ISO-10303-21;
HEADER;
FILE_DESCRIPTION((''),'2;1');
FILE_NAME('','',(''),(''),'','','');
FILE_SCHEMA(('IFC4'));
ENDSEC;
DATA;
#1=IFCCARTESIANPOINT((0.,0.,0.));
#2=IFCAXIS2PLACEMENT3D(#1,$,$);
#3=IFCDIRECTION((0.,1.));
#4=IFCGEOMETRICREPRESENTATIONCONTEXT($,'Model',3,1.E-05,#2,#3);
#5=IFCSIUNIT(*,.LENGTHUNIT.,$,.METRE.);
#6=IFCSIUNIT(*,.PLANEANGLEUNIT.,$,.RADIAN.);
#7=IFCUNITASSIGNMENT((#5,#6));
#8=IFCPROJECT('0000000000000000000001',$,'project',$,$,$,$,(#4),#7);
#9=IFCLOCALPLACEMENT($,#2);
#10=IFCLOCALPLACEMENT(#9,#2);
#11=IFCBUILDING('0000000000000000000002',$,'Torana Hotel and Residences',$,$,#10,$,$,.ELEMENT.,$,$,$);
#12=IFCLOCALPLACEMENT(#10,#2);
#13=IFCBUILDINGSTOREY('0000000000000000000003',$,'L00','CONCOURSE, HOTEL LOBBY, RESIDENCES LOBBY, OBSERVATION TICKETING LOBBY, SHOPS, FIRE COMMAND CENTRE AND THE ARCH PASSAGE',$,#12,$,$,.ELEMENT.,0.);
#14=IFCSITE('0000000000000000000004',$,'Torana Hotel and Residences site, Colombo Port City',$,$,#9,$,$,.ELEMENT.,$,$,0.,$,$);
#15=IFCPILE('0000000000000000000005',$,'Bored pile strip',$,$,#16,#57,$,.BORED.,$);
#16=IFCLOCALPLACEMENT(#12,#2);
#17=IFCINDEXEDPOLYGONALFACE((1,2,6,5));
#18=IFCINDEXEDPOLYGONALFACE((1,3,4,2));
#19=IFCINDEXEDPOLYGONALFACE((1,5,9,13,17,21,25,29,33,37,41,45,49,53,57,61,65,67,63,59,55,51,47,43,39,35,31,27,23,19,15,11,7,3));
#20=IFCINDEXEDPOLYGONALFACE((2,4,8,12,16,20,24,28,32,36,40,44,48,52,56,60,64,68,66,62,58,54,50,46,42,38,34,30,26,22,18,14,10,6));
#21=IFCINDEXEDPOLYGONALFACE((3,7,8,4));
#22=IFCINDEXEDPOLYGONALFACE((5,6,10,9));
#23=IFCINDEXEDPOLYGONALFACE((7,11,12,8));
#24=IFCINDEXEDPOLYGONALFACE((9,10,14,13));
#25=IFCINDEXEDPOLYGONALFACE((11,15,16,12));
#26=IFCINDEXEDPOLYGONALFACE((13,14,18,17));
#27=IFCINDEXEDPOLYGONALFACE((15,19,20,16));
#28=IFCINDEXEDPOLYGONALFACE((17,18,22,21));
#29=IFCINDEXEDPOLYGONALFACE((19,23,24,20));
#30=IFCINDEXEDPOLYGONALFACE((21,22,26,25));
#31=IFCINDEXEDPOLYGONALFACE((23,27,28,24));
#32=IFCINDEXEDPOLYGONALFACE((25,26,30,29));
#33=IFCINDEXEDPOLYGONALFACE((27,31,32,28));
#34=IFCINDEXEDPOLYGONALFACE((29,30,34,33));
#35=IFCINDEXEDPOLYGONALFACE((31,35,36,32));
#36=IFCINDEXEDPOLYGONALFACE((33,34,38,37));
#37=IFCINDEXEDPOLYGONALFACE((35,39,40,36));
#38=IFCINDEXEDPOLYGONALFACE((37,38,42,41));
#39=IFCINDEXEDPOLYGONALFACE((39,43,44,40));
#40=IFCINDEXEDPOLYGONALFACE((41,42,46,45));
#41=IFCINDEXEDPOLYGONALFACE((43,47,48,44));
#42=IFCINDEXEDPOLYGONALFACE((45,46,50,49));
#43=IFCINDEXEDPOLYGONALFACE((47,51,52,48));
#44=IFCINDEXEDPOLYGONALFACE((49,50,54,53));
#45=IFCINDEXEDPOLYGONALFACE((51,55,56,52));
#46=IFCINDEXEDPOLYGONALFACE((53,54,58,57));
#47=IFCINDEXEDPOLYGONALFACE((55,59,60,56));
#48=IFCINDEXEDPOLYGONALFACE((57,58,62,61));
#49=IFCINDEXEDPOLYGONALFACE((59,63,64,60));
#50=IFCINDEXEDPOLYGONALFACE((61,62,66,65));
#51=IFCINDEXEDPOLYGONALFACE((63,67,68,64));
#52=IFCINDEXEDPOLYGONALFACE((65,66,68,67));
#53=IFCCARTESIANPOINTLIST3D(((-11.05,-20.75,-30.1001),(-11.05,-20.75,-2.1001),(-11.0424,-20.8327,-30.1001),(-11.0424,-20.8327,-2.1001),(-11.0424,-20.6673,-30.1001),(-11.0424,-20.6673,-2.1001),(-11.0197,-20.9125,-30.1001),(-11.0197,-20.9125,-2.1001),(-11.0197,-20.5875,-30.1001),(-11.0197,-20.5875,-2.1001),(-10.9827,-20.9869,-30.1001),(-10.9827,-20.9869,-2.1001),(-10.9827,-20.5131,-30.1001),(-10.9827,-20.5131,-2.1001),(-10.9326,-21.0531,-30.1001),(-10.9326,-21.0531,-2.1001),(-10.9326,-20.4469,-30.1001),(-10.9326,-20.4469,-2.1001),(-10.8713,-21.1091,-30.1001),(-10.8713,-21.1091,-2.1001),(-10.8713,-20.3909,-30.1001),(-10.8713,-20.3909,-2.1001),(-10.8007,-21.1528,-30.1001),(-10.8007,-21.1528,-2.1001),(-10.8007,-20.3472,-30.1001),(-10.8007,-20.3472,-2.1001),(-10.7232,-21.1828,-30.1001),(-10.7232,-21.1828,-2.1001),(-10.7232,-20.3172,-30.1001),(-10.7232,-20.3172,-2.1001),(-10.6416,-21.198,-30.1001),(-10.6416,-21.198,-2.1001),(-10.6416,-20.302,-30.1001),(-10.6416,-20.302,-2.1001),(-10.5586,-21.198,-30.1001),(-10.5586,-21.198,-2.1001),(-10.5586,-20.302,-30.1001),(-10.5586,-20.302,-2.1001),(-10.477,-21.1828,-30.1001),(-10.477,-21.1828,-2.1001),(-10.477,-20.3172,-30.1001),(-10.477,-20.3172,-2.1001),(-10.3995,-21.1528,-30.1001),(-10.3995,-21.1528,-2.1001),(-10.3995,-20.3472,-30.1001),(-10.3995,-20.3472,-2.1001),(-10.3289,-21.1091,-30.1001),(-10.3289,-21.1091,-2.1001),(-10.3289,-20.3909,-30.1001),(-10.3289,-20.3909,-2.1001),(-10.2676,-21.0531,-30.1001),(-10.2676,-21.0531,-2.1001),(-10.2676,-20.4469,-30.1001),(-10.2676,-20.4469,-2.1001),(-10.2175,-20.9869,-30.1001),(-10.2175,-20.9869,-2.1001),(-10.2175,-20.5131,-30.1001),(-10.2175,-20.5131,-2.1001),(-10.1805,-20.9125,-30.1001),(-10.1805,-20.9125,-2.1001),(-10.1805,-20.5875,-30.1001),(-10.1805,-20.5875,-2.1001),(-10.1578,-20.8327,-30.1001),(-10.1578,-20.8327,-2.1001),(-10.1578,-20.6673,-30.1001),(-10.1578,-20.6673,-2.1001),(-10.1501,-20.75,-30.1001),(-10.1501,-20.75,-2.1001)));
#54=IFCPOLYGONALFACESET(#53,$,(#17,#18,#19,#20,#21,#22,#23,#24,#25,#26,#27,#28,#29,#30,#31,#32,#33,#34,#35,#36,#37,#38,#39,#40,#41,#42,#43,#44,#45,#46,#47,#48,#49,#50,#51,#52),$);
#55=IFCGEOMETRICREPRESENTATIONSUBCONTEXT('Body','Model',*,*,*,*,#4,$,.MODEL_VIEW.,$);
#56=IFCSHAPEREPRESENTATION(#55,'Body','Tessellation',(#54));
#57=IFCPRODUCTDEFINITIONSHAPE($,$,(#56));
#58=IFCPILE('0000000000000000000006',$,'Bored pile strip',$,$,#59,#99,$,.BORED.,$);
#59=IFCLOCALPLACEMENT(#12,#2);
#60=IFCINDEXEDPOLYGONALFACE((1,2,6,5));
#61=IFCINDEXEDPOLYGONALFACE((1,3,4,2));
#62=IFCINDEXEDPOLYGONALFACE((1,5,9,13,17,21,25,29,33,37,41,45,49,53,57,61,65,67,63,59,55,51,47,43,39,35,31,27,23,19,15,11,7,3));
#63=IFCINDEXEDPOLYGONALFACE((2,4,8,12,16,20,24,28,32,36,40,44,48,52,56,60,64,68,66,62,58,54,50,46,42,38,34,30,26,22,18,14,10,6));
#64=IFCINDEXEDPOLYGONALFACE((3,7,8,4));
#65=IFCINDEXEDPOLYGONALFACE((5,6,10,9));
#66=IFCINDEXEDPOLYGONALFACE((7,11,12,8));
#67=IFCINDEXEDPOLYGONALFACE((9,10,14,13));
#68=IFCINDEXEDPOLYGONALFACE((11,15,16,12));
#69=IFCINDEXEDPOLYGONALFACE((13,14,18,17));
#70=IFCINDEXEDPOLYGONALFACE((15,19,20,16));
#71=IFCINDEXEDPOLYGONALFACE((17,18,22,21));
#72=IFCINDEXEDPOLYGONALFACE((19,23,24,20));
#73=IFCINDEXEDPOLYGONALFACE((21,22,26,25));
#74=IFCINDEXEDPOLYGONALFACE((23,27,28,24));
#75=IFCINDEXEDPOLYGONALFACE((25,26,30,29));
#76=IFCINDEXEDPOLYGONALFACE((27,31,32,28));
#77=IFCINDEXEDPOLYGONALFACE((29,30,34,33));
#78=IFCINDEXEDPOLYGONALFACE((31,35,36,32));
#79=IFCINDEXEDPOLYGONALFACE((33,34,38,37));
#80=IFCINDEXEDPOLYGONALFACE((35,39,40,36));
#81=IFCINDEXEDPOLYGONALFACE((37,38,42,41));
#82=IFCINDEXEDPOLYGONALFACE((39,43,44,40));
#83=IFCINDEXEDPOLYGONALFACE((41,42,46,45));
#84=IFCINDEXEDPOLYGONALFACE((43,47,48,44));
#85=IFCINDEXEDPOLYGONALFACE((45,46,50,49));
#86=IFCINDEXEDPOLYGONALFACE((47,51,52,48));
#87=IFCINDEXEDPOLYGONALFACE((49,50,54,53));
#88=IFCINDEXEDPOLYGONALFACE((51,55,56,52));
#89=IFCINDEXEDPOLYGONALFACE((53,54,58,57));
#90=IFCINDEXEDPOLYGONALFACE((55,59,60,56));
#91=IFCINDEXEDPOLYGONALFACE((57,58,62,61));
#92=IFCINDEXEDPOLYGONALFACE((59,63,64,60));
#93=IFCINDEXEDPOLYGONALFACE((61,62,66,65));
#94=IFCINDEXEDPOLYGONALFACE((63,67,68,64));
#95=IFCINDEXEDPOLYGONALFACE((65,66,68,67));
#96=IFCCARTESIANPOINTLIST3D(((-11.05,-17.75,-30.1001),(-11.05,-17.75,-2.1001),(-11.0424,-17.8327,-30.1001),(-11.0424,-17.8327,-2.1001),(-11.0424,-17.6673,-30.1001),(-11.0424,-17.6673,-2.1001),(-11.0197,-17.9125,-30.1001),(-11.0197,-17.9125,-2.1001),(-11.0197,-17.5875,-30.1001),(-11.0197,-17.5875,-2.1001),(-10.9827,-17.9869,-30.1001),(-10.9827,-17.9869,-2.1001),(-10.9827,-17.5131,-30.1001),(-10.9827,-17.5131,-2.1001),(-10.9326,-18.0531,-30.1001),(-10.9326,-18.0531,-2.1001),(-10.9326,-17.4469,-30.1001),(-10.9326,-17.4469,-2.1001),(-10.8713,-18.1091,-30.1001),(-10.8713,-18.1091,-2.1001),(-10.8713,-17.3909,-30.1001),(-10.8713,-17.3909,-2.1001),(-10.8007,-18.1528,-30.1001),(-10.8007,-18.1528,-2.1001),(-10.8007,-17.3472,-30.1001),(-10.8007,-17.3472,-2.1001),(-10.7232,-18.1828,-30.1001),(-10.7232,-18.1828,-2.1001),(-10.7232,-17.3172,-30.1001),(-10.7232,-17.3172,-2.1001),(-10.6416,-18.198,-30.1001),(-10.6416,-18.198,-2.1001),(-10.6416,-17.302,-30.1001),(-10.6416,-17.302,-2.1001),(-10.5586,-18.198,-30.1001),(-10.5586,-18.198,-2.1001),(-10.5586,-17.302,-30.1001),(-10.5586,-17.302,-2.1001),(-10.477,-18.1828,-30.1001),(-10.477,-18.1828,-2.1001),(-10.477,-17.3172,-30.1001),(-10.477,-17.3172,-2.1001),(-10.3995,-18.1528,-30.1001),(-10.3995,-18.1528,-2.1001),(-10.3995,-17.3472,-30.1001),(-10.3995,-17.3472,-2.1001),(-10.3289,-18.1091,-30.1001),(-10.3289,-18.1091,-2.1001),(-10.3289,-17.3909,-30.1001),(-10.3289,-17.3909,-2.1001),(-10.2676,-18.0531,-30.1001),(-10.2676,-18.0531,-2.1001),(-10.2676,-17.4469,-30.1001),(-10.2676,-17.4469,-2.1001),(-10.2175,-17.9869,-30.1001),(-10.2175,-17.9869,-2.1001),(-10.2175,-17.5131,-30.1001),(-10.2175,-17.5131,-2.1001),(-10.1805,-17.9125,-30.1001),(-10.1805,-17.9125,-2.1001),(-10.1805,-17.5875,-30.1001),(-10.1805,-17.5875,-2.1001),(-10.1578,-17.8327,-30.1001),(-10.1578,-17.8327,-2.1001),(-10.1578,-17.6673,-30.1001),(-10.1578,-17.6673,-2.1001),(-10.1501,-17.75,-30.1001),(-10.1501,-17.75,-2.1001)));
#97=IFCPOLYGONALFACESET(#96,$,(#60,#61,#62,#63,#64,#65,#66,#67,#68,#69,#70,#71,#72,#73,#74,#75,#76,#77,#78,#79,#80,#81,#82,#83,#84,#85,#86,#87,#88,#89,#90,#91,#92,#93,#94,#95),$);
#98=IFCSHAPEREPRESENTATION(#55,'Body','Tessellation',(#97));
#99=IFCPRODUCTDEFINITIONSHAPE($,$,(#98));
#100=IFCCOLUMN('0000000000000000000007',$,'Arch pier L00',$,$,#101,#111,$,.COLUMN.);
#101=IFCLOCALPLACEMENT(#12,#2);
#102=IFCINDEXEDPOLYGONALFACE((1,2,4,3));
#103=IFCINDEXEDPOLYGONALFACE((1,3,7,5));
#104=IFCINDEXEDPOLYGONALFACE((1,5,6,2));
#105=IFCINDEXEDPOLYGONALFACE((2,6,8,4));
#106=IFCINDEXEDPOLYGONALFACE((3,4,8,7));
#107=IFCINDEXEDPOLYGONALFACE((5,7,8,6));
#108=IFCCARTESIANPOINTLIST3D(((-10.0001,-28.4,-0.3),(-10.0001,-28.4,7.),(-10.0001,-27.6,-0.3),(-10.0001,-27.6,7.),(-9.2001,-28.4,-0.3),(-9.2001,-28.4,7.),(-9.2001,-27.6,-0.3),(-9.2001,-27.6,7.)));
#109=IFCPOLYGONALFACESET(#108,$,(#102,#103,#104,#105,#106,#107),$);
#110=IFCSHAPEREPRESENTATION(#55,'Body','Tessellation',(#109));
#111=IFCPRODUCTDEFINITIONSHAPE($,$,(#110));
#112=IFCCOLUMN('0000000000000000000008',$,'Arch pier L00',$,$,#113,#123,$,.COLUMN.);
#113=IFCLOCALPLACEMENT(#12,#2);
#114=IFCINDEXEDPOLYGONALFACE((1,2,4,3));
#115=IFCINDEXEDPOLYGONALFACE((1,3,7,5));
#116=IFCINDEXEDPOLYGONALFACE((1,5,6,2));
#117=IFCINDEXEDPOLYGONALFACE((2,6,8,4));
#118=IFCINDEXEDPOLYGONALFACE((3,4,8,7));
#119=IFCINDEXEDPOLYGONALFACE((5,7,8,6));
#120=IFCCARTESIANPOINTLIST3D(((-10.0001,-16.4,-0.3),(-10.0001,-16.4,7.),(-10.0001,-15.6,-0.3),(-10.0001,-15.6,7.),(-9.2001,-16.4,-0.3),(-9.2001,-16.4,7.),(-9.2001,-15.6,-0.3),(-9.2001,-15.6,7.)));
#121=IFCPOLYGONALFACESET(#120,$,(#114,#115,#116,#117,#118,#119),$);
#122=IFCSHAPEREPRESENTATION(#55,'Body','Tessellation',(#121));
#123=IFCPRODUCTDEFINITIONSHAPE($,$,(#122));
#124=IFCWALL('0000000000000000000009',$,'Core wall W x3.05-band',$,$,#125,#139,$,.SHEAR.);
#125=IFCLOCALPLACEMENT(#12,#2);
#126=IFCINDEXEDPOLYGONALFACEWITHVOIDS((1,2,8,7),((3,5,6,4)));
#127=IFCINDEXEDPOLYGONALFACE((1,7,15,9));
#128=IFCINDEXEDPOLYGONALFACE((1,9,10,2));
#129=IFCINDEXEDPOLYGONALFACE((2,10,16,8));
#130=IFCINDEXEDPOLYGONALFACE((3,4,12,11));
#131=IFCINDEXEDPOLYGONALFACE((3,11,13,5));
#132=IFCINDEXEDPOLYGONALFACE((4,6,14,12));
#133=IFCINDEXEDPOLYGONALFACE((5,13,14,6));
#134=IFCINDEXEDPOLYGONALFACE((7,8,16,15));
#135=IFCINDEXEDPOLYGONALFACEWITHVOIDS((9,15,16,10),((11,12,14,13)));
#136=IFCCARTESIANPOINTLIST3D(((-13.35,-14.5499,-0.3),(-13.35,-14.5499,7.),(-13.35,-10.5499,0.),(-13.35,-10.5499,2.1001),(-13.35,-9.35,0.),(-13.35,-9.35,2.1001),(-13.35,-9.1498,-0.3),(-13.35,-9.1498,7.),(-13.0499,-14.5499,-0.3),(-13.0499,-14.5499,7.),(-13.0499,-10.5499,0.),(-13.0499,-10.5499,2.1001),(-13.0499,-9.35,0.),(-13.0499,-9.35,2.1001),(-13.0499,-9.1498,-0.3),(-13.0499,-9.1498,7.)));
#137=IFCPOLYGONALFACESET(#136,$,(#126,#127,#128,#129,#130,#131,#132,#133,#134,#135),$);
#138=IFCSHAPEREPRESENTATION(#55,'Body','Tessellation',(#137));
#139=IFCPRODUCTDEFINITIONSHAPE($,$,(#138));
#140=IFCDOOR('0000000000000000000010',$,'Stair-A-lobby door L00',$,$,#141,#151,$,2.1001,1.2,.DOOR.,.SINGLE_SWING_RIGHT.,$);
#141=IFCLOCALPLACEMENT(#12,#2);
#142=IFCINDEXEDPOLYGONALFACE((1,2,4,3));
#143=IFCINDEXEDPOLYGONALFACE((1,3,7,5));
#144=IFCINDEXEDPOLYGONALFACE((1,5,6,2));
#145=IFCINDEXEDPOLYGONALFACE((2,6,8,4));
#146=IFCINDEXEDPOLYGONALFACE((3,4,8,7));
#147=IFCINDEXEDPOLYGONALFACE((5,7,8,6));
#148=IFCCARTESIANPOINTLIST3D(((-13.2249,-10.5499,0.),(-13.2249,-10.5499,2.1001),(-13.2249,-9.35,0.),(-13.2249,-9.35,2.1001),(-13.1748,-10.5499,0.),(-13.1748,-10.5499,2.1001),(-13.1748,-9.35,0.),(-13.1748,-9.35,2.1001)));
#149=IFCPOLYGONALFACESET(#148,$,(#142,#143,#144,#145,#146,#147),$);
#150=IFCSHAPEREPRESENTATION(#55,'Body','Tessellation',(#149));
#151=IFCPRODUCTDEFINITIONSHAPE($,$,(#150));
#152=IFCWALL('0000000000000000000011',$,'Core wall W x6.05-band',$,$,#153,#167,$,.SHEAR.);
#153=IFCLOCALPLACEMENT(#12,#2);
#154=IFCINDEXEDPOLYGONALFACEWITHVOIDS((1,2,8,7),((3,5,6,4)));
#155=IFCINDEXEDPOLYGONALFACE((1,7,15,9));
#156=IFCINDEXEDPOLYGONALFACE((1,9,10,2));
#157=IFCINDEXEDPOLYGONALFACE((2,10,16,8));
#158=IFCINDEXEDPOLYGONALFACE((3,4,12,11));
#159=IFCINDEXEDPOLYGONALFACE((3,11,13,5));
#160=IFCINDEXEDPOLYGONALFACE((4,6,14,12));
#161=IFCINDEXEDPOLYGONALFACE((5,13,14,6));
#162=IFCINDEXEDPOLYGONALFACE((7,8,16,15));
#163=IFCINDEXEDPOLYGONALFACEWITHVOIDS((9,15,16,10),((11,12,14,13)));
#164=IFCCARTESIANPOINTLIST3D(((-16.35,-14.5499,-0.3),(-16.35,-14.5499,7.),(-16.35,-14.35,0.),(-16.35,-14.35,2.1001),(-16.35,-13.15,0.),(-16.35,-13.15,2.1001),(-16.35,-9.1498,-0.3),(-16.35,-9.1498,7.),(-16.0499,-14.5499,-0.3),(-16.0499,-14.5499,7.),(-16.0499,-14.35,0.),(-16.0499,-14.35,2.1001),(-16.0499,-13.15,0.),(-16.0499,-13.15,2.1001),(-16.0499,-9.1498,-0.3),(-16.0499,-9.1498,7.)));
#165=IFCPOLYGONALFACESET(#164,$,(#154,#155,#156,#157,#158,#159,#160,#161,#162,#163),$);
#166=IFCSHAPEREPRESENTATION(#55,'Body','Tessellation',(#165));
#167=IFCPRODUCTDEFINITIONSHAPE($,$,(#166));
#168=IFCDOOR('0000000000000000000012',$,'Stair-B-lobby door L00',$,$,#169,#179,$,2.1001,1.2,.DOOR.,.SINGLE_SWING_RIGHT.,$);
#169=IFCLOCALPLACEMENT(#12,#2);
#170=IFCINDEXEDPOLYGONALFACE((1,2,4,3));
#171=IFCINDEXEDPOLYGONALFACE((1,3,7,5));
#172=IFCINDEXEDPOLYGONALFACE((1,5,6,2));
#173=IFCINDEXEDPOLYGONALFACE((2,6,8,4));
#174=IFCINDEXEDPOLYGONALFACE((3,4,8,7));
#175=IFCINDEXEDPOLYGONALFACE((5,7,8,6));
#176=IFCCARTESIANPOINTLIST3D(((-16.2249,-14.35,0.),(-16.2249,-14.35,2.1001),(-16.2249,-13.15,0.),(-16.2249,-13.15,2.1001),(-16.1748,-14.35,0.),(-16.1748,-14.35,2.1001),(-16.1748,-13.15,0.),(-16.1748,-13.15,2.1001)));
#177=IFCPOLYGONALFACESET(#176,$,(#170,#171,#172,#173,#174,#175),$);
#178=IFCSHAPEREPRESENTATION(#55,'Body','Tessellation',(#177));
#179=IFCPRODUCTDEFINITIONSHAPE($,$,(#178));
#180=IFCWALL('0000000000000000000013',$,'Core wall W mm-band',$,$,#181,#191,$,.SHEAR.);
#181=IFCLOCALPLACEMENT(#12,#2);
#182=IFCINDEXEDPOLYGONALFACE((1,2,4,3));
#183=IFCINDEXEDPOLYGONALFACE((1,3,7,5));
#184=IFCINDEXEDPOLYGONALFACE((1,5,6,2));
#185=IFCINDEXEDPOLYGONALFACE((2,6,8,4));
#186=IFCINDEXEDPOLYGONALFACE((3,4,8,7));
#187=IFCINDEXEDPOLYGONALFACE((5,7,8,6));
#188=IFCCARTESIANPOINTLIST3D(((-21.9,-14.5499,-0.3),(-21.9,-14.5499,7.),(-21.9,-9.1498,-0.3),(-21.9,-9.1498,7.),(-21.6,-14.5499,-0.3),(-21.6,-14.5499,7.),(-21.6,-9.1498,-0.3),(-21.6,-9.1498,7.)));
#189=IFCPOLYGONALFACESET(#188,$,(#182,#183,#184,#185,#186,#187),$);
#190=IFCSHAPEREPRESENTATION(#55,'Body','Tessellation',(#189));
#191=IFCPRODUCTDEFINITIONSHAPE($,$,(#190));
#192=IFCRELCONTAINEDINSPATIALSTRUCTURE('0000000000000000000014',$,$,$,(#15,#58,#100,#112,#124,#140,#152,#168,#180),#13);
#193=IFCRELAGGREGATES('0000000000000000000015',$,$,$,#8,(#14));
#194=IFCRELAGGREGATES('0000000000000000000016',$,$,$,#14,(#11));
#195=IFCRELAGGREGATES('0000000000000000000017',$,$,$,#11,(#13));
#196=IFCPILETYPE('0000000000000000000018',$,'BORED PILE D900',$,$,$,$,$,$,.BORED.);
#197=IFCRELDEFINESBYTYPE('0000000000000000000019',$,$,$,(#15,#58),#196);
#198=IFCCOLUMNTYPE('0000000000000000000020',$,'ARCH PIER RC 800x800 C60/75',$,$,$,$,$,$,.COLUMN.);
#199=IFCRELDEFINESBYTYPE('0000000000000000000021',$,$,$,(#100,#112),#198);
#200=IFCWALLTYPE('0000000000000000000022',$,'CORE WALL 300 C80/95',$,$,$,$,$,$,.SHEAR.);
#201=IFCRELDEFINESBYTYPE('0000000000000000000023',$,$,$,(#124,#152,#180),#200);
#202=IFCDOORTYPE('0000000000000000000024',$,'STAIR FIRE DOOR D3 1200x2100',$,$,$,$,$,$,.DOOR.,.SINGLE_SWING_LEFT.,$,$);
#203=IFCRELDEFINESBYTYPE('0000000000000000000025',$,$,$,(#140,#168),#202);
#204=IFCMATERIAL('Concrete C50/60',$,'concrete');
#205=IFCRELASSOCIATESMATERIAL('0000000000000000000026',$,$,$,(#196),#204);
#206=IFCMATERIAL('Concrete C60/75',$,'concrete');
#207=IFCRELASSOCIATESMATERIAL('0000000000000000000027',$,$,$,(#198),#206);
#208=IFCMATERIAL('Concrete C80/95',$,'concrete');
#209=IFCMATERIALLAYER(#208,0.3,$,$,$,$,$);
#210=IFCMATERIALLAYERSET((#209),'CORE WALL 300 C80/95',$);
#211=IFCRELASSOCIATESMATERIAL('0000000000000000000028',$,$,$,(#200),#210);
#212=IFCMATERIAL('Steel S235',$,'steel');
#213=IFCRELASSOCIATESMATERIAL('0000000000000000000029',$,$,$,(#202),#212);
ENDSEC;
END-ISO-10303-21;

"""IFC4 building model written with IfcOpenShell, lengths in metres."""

from ifc_helpers import new_model, si_unit, direction, frame, frame_2d, origin, origin_2d, place, context, subcontext, project, spatial, rectangle, circle, extrude, material, layer, layer_set, material_profile, profile_set, type_object, element, fill, save


model = new_model("IFC4")

# Units and contexts
model_context = context("Model", 3, precision=1e-05, world=origin(), true_north=direction((0.0, 1.0)))
body_context = subcontext(model_context, "Body", "Model", "MODEL_VIEW")
ifc_project = project(units=[si_unit("LENGTHUNIT", "METRE"), si_unit("PLANEANGLEUNIT", "RADIAN")], contexts=[model_context])

# Site, building, storey
site_placement = place(None, origin())
site = spatial("IfcSite", under=ifc_project, at=site_placement, Name="Torana Hotel and Residences site, Colombo Port City", CompositionType="ELEMENT", RefElevation=0.0)
building_placement = place(site_placement, origin())
building = spatial("IfcBuilding", under=site, at=building_placement, Name="Torana Hotel and Residences", CompositionType="ELEMENT")
storey_placement = place(building_placement, origin())
storey = spatial("IfcBuildingStorey", under=building, at=storey_placement, Name="L00", Description="CONCOURSE, HOTEL LOBBY, RESIDENCES LOBBY, OBSERVATION TICKETING LOBBY, SHOPS, FIRE COMMAND CENTRE AND THE ARCH PASSAGE", CompositionType="ELEMENT", Elevation=0.0)

# Piles
ifc_material_1 = material(Name="Concrete C50/60", Category="concrete")
pile_type_1 = type_object("IfcPileType", Name="BORED PILE D900", PredefinedType="BORED", material=ifc_material_1)
for number, where, z_axis, x_axis, name in (
    (1, (-10.6001, -20.75, -2.1001), (0.0, 0.0, -1.0), (1.0, 0.0, 0.0), "Bored pile strip"),
    (2, (-10.6001, -17.75, -2.1001), (0.0, 0.0, -1.0), (1.0, 0.0, 0.0), "Bored pile strip"),
):
    element("IfcPile", number, at=place(storey_placement, frame(where, z_axis=z_axis, x_axis=x_axis)), inside=storey, type_object=pile_type_1, Name=name, PredefinedType="BORED", context=body_context, shape_type="SweptSolid", body=[
        extrude(circle(Radius=0.45, at=origin_2d()), origin(), (0.0, 0.0, 1.0), 28.0),
    ])

# Columns
ifc_material_2 = material(Name="Concrete C60/75", Category="concrete")
ifc_material_profile = material_profile(ifc_material_2, rectangle(XDim=0.8, YDim=0.8, at=origin_2d()), Name="RC 800x800")
ifc_profile_set = profile_set([ifc_material_profile], Name="Concrete C60/75")
column_type = type_object("IfcColumnType", Name="ARCH PIER RC 800x800 C60/75", PredefinedType="COLUMN", material=ifc_profile_set)
for number, where, z_axis, x_axis, name in (
    (3, (-9.6001, -28.0, -0.3), (0.0, 0.0, 1.0), (1.0, 0.0, 0.0), "Arch pier L00"),
    (4, (-9.6001, -16.0, -0.3), (0.0, 0.0, 1.0), (1.0, 0.0, 0.0), "Arch pier L00"),
):
    element("IfcColumn", number, at=place(storey_placement, frame(where, z_axis=z_axis, x_axis=x_axis)), inside=storey, type_object=column_type, Name=name, PredefinedType="COLUMN", context=body_context, shape_type="SweptSolid", body=[
        extrude(rectangle(XDim=0.8, YDim=0.8, at=origin_2d()), origin(), (0.0, 0.0, 1.0), 7.3),
    ])

# Walls, openings, doors
ifc_material_3 = material(Name="Concrete C80/95", Category="concrete")
ifc_layer_1 = layer(ifc_material_3, 0.3)
ifc_layer_set_1 = layer_set([ifc_layer_1], Name="CORE WALL 300 C80/95")
wall_type_1 = type_object("IfcWallType", Name="CORE WALL 300 C80/95", PredefinedType="SHEAR", material=ifc_layer_set_1)
wall_1_placement = place(storey_placement, frame((-13.2, -14.55, -0.3), z_axis=(0.0, 0.0, 1.0), x_axis=(0.0, 1.0, 0.0)))
wall_1 = element("IfcWall", 5, at=wall_1_placement, inside=storey, type_object=wall_type_1, Name="Core wall W x3.05-band", PredefinedType="SHEAR", context=body_context, shape_type="SweptSolid", body=[
    extrude(rectangle(XDim=5.4001, YDim=0.3, at=frame_2d((2.7002, 0.0))), origin(), (0.0, 0.0, 1.0), 7.3),
])
opening_1_placement = place(wall_1_placement, frame((4.0, 0.0, 0.3)))
opening_1 = element("IfcOpeningElement", 6, at=opening_1_placement, cuts=wall_1, PredefinedType="OPENING", context=body_context, shape_type="SweptSolid", body=[
    extrude(rectangle(XDim=1.2, YDim=2.1001, at=frame_2d((0.6001, 1.05))), frame((0.0, 0.1599, 0.0), z_axis=(0.0, -1.0, 0.0), x_axis=(1.0, 0.0, 0.0)), (0.0, 0.0, 1.0), 0.3201),
])
ifc_material_4 = material(Name="Steel S235", Category="steel")
door_type_1 = type_object("IfcDoorType", Name="STAIR FIRE DOOR D3 1200x2100", OperationType="SINGLE_SWING_LEFT", PredefinedType="DOOR", material=ifc_material_4)
door_1_placement = place(opening_1_placement, frame((0.6001, 0.0, 0.0), z_axis=(0.0, 0.0, 1.0), x_axis=(-1.0, 0.0, 0.0)))
door_1 = element("IfcDoor", 7, at=door_1_placement, inside=storey, type_object=door_type_1, Name="Stair-A-lobby door L00", OperationType="SINGLE_SWING_RIGHT", OverallHeight=2.1001, OverallWidth=1.2, PredefinedType="DOOR", context=body_context, shape_type="SweptSolid", body=[
    extrude(rectangle(XDim=1.2, YDim=2.1001, at=frame_2d((0.0, 1.05))), frame((0.0, -0.0249, 0.0), z_axis=(0.0, 1.0, 0.0), x_axis=(-1.0, 0.0, 0.0)), (0.0, 0.0, 1.0), 0.05),
])
fill(opening_1, door_1)
wall_2_placement = place(storey_placement, frame((-16.2, -14.55, -0.3), z_axis=(0.0, 0.0, 1.0), x_axis=(0.0, 1.0, 0.0)))
wall_2 = element("IfcWall", 8, at=wall_2_placement, inside=storey, type_object=wall_type_1, Name="Core wall W x6.05-band", PredefinedType="SHEAR", context=body_context, shape_type="SweptSolid", body=[
    extrude(rectangle(XDim=5.4001, YDim=0.3, at=frame_2d((2.7002, 0.0))), origin(), (0.0, 0.0, 1.0), 7.3),
])
opening_2_placement = place(wall_2_placement, frame((0.2, 0.0, 0.3)))
opening_2 = element("IfcOpeningElement", 9, at=opening_2_placement, cuts=wall_2, PredefinedType="OPENING", context=body_context, shape_type="SweptSolid", body=[
    extrude(rectangle(XDim=1.2, YDim=2.1001, at=frame_2d((0.6001, 1.05))), frame((0.0, 0.1599, 0.0), z_axis=(0.0, -1.0, 0.0), x_axis=(1.0, 0.0, 0.0)), (0.0, 0.0, 1.0), 0.3201),
])
door_2_placement = place(opening_2_placement, origin())
door_2 = element("IfcDoor", 10, at=door_2_placement, inside=storey, type_object=door_type_1, Name="Stair-B-lobby door L00", OperationType="SINGLE_SWING_RIGHT", OverallHeight=2.1001, OverallWidth=1.2, PredefinedType="DOOR", context=body_context, shape_type="SweptSolid", body=[
    extrude(rectangle(XDim=1.2, YDim=2.1001, at=frame_2d((0.6001, 1.05))), frame((0.0, 0.0249, 0.0), z_axis=(0.0, -1.0, 0.0), x_axis=(1.0, 0.0, 0.0)), (0.0, 0.0, 1.0), 0.05),
])
fill(opening_2, door_2)

# Wall
wall_3_placement = place(storey_placement, frame((-21.75, -14.55, -0.3), z_axis=(0.0, 0.0, 1.0), x_axis=(0.0, 1.0, 0.0)))
element("IfcWall", 11, at=wall_3_placement, inside=storey, type_object=wall_type_1, Name="Core wall W mm-band", PredefinedType="SHEAR", context=body_context, shape_type="SweptSolid", body=[
    extrude(rectangle(XDim=5.4001, YDim=0.3, at=frame_2d((2.7002, 0.0))), origin(), (0.0, 0.0, 1.0), 7.3),
])

save(model, "model.ifc")
